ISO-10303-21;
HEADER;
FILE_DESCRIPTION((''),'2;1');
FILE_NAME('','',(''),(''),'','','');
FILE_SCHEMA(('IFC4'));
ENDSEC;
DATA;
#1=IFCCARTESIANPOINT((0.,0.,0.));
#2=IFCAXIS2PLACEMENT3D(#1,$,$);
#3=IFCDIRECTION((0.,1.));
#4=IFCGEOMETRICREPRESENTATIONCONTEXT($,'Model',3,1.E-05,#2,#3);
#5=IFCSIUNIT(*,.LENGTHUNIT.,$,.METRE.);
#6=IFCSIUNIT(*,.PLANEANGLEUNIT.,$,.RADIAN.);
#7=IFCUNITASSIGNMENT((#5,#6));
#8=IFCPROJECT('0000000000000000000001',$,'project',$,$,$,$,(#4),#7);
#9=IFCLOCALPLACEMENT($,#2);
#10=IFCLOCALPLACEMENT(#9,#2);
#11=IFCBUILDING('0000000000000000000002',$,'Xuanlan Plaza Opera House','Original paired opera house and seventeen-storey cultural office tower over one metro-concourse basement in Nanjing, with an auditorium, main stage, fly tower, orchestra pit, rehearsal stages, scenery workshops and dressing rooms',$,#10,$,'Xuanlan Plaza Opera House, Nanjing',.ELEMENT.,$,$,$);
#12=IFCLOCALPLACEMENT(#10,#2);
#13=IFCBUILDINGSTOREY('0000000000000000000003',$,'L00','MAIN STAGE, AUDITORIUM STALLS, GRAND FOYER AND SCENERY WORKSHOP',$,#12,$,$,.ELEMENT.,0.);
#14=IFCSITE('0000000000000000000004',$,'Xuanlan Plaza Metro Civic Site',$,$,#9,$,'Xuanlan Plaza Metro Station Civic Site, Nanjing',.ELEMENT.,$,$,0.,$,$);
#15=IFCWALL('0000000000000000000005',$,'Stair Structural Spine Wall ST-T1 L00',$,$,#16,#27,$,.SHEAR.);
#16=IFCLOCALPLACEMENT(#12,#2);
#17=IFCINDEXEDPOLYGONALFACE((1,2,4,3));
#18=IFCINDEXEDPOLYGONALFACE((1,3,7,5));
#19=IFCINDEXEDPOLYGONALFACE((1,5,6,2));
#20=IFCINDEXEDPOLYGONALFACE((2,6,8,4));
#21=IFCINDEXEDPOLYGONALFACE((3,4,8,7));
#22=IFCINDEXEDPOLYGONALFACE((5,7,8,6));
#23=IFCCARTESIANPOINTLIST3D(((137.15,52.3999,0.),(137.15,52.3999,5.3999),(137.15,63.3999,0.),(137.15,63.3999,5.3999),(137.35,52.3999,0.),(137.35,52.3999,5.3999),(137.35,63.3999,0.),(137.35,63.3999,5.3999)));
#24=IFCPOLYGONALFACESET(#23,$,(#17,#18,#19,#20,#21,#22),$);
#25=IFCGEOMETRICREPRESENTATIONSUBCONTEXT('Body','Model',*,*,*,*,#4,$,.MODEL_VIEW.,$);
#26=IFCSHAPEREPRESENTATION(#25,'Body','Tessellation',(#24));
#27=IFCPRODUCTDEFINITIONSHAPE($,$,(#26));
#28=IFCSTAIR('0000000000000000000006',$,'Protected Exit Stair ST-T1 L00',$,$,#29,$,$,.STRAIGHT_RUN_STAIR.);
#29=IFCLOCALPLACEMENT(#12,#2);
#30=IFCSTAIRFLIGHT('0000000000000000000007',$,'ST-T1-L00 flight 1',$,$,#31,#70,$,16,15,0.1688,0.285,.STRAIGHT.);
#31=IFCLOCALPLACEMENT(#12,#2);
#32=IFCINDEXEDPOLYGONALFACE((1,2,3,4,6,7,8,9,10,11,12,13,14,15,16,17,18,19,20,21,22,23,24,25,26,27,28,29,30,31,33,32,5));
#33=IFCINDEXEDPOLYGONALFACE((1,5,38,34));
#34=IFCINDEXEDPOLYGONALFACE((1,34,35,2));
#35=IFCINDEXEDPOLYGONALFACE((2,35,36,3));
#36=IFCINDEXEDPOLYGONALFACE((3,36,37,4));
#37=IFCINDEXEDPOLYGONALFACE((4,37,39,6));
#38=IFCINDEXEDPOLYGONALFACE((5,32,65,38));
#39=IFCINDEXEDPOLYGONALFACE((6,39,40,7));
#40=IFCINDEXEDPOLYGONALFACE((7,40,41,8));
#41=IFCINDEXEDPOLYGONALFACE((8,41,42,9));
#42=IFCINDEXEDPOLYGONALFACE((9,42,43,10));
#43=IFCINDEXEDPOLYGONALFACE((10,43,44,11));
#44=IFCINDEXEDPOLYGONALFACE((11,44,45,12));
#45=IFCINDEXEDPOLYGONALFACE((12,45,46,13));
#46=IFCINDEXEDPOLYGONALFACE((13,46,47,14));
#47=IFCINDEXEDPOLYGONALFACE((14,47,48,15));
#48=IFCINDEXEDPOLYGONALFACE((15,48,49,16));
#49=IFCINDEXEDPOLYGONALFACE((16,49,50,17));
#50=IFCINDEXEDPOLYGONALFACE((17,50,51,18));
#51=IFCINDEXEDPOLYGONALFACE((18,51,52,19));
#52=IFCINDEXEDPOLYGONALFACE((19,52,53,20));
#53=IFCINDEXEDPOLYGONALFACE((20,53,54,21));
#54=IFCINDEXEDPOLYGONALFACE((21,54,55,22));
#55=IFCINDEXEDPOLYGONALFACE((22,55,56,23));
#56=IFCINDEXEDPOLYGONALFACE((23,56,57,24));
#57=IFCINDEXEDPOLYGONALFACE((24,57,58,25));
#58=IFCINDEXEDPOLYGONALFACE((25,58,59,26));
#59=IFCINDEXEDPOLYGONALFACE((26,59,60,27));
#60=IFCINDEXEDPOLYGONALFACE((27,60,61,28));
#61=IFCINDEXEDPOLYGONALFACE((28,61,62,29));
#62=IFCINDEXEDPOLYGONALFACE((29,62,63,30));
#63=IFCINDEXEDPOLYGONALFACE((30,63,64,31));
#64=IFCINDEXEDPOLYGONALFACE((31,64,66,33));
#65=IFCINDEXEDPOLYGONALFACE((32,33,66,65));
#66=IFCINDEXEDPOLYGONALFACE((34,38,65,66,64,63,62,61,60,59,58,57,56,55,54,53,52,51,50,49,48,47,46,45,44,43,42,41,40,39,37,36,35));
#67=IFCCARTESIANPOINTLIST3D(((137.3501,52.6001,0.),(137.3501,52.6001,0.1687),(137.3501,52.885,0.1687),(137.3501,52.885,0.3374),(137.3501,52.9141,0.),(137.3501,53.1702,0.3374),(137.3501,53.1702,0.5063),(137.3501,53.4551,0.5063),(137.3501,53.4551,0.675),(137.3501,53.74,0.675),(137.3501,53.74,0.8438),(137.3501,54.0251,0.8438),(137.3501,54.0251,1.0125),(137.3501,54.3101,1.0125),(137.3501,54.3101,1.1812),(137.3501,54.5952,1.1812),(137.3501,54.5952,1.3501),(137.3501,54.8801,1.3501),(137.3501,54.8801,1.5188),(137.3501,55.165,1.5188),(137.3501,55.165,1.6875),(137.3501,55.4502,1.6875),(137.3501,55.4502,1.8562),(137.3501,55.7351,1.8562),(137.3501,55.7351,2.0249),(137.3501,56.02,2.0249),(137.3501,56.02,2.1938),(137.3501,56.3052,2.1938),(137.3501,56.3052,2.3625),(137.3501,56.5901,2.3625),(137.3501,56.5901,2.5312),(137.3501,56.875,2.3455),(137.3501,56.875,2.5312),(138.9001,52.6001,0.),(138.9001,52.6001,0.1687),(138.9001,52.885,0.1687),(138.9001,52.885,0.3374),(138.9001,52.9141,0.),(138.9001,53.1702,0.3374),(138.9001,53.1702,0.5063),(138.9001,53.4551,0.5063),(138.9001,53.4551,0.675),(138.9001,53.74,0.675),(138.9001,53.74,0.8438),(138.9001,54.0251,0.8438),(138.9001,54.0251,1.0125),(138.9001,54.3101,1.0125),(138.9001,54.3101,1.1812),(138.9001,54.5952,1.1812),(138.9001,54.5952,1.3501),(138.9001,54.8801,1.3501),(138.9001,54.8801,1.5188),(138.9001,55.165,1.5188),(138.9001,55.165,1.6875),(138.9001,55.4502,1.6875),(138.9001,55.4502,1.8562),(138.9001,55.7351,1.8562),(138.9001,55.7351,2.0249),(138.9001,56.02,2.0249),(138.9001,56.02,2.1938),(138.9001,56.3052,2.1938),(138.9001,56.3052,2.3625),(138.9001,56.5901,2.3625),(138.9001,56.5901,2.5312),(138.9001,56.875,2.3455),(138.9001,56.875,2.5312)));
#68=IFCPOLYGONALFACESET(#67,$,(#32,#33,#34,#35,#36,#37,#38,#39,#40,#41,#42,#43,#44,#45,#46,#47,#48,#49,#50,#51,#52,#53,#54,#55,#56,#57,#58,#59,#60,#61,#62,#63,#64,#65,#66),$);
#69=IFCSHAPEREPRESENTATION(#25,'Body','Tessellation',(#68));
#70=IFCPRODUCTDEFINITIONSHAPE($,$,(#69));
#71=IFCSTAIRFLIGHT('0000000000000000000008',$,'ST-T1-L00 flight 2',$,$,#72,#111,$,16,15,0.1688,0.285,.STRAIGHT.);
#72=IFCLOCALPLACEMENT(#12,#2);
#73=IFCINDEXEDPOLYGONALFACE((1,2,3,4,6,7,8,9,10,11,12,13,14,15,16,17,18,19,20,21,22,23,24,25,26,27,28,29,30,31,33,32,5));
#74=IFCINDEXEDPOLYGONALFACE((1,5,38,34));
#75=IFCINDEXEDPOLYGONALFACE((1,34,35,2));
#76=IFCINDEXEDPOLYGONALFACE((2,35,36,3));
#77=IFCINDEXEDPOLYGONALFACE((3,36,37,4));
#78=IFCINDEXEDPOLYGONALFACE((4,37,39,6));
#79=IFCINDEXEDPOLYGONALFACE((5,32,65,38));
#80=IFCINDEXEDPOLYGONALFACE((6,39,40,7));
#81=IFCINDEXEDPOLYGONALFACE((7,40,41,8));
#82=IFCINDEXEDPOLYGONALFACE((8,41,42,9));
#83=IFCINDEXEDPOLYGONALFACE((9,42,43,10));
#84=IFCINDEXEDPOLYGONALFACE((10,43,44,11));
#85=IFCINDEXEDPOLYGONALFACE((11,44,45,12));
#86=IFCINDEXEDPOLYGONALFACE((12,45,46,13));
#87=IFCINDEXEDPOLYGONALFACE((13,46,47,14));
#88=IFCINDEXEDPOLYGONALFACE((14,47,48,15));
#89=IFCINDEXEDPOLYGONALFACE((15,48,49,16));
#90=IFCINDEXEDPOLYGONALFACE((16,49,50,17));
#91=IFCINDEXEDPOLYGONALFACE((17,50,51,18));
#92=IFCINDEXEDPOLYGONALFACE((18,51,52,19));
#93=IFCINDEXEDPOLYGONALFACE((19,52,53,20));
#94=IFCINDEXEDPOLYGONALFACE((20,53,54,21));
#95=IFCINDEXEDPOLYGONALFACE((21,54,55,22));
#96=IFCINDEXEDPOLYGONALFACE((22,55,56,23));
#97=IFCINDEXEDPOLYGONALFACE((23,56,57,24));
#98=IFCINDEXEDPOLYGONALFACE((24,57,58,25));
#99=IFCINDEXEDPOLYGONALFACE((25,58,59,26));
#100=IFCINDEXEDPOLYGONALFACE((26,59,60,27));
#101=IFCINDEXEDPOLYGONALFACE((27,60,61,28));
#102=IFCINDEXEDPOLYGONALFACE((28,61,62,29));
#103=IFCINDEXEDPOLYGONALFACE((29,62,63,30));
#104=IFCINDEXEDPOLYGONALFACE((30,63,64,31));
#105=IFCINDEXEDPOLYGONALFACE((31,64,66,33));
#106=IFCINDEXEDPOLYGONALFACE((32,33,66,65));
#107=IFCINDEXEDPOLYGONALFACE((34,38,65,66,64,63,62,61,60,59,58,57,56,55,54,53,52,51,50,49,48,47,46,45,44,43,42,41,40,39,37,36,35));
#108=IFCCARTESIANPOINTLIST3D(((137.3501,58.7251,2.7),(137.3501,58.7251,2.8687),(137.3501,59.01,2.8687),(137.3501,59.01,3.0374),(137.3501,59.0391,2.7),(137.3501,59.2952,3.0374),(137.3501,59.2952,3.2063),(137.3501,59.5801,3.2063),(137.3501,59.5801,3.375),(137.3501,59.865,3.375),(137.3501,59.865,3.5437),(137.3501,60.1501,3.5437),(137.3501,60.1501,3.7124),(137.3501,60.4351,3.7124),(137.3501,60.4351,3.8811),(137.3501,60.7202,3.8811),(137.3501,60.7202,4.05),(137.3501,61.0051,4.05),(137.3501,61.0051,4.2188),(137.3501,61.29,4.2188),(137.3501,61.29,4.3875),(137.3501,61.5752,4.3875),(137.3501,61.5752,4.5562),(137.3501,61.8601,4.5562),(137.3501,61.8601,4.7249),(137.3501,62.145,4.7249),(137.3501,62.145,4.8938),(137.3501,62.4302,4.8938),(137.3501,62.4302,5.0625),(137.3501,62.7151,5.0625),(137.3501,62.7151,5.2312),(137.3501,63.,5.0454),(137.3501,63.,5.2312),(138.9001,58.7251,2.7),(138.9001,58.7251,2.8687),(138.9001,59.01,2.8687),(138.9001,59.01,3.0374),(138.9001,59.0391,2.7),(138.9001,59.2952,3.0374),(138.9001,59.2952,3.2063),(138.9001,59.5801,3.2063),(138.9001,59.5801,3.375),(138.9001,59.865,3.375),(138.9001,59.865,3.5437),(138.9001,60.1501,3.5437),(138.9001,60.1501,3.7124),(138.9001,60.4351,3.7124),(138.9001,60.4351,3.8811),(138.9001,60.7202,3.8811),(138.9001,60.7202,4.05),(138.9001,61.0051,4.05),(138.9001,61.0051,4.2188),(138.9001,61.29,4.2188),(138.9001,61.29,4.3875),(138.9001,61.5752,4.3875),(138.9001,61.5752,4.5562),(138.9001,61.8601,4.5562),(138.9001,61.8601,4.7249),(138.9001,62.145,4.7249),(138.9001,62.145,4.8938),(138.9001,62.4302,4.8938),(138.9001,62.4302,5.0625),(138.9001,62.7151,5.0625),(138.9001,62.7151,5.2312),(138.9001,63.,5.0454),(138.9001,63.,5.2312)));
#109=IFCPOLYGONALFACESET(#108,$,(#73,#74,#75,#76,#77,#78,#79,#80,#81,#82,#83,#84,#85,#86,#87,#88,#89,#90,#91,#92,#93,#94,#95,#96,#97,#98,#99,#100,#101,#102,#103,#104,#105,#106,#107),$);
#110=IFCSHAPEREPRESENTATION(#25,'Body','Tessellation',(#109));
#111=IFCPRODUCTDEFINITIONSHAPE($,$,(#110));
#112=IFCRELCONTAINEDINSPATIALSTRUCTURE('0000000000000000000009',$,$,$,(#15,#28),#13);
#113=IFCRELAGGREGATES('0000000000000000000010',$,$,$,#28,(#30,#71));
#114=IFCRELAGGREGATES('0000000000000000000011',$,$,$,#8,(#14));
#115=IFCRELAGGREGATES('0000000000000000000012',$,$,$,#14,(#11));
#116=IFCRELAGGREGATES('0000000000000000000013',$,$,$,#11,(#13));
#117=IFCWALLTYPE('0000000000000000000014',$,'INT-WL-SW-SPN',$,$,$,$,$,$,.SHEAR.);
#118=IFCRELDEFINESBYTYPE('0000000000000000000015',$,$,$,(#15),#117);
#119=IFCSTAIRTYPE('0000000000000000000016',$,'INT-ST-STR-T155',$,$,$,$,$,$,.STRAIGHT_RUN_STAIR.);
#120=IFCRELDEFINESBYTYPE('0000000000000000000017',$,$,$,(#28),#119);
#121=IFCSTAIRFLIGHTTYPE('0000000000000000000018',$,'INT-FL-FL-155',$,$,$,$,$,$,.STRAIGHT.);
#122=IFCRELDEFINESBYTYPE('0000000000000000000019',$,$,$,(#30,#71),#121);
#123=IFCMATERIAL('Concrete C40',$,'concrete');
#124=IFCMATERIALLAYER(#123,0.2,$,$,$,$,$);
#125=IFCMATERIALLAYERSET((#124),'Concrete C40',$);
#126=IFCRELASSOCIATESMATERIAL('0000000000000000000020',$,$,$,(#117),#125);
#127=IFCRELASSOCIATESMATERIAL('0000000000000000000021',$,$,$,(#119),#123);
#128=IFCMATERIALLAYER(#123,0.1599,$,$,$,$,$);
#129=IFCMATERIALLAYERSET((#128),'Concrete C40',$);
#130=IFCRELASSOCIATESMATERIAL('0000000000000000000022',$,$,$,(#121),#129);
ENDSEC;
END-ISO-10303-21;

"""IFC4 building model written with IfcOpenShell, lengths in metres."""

from ifc_helpers import new_model, si_unit, direction, frame, frame_2d, origin, place, context, subcontext, project, spatial, polyline, rectangle, outline, extrude, material, layer, layer_set, type_object, element, aggregate, save


model = new_model("IFC4")

# Units and contexts
model_context = context("Model", 3, precision=1e-05, world=origin(), true_north=direction((0.0, 1.0)))
body_context = subcontext(model_context, "Body", "Model", "MODEL_VIEW")
ifc_project = project(units=[si_unit("LENGTHUNIT", "METRE"), si_unit("PLANEANGLEUNIT", "RADIAN")], contexts=[model_context])

# Site, building, storey
site_placement = place(None, origin())
site = spatial("IfcSite", under=ifc_project, at=site_placement, Name="Xuanlan Plaza Metro Civic Site", LongName="Xuanlan Plaza Metro Station Civic Site, Nanjing", CompositionType="ELEMENT", RefElevation=0.0)
building_placement = place(site_placement, origin())
building = spatial("IfcBuilding", under=site, at=building_placement, Name="Xuanlan Plaza Opera House", Description="Original paired opera house and seventeen-storey cultural office tower over one metro-concourse basement in Nanjing, with an auditorium, main stage, fly tower, orchestra pit, rehearsal stages, scenery workshops and dressing rooms", LongName="Xuanlan Plaza Opera House, Nanjing", CompositionType="ELEMENT")
storey_placement = place(building_placement, origin())
storey = spatial("IfcBuildingStorey", under=building, at=storey_placement, Name="L00", Description="MAIN STAGE, AUDITORIUM STALLS, GRAND FOYER AND SCENERY WORKSHOP", CompositionType="ELEMENT", Elevation=0.0)

# Shared definitions
ifc_material_1 = material(Name="Concrete C40", Category="concrete")

# Wall
ifc_layer_1 = layer(ifc_material_1, 0.2)
ifc_layer_set_1 = layer_set([ifc_layer_1], Name="Concrete C40")
wall_type_1 = type_object("IfcWallType", Name="INT-WL-SW-SPN", PredefinedType="SHEAR", material=ifc_layer_set_1)
wall_1_placement = place(storey_placement, frame((137.25, 52.3999, 0.0), z_axis=(0.0, 0.0, 1.0), x_axis=(0.0, 1.0, 0.0)))
element("IfcWall", 1, at=wall_1_placement, inside=storey, type_object=wall_type_1, Name="Stair Structural Spine Wall ST-T1 L00", PredefinedType="SHEAR", context=body_context, shape_type="SweptSolid", body=[
    extrude(rectangle(XDim=11.0, YDim=0.2, at=frame_2d((5.5, 0.0))), origin(), (0.0, 0.0, 1.0), 5.3999),
])

# Stair, stair flights
stair_type = type_object("IfcStairType", Name="INT-ST-STR-T155", PredefinedType="STRAIGHT_RUN_STAIR", material=ifc_material_1)
stair_placement = place(storey_placement, origin())
stair = element("IfcStair", 2, at=stair_placement, inside=storey, type_object=stair_type, Name="Protected Exit Stair ST-T1 L00", PredefinedType="STRAIGHT_RUN_STAIR")
ifc_layer_2 = layer(ifc_material_1, 0.1599)
ifc_layer_set_2 = layer_set([ifc_layer_2], Name="Concrete C40")
stair_flight_type = type_object("IfcStairFlightType", Name="INT-FL-FL-155", PredefinedType="STRAIGHT", material=ifc_layer_set_2)
stair_flight_1_placement = place(storey_placement, frame((138.125, 52.6001, 0.0), z_axis=(0.0, 0.0, 1.0), x_axis=(0.0, 1.0, 0.0)))
stair_flight_1 = element("IfcStairFlight", 3, at=stair_flight_1_placement, type_object=stair_flight_type, Name="ST-T1-L00 flight 1", NumberOfRisers=16, NumberOfTreads=15, PredefinedType="STRAIGHT", RiserHeight=0.1688, TreadLength=0.285, context=body_context, shape_type="SweptSolid", body=[
    extrude(outline(polyline([(0.0, 0.0), (0.0, 0.1687), (0.2849, 0.1687), (0.2849, 0.3374), (0.5701, 0.3374), (0.5701, 0.5063), (0.855, 0.5063), (0.855, 0.675), (1.1399, 0.675), (1.1399, 0.8438), (1.425, 0.8438), (1.425, 1.0125), (1.71, 1.0125), (1.71, 1.1812), (1.9951, 1.1812), (1.9951, 1.3501), (2.28, 1.3501), (2.28, 1.5188), (2.5649, 1.5188), (2.5649, 1.6875), (2.8501, 1.6875), (2.8501, 1.8562), (3.135, 1.8562), (3.135, 2.0249), (3.4199, 2.0249), (3.4199, 2.1938), (3.7051, 2.1938), (3.7051, 2.3625), (3.99, 2.3625), (3.99, 2.5312), (4.2749, 2.5312), (4.2749, 2.7), (4.2749, 2.3455), (0.314, 0.0), (0.0, 0.0)])), frame((0.0, 0.7749, 0.0), z_axis=(0.0, -1.0, 0.0), x_axis=(1.0, 0.0, 0.0)), (0.0, 0.0, 1.0), 1.55),
])
stair_flight_2_placement = place(storey_placement, frame((138.125, 58.7251, 2.7), z_axis=(0.0, 0.0, 1.0), x_axis=(0.0, 1.0, 0.0)))
stair_flight_2 = element("IfcStairFlight", 4, at=stair_flight_2_placement, type_object=stair_flight_type, Name="ST-T1-L00 flight 2", NumberOfRisers=16, NumberOfTreads=15, PredefinedType="STRAIGHT", RiserHeight=0.1688, TreadLength=0.285, context=body_context, shape_type="SweptSolid", body=[
    extrude(outline(polyline([(0.0, 0.0), (0.0, 0.1687), (0.2849, 0.1687), (0.2849, 0.3374), (0.5701, 0.3374), (0.5701, 0.5063), (0.855, 0.5063), (0.855, 0.675), (1.1399, 0.675), (1.1399, 0.8438), (1.425, 0.8438), (1.425, 1.0125), (1.71, 1.0125), (1.71, 1.1812), (1.9951, 1.1812), (1.9951, 1.3501), (2.28, 1.3501), (2.28, 1.5188), (2.5649, 1.5188), (2.5649, 1.6875), (2.8501, 1.6875), (2.8501, 1.8562), (3.135, 1.8562), (3.135, 2.0249), (3.4199, 2.0249), (3.4199, 2.1938), (3.7051, 2.1938), (3.7051, 2.3625), (3.99, 2.3625), (3.99, 2.5312), (4.2749, 2.5312), (4.2749, 2.7), (4.2749, 2.3455), (0.314, 0.0), (0.0, 0.0)])), frame((0.0, 0.7749, 0.0), z_axis=(0.0, -1.0, 0.0), x_axis=(1.0, 0.0, 0.0)), (0.0, 0.0, 1.0), 1.55),
])
aggregate(stair, [stair_flight_1, stair_flight_2])

save(model, "model.ifc")
